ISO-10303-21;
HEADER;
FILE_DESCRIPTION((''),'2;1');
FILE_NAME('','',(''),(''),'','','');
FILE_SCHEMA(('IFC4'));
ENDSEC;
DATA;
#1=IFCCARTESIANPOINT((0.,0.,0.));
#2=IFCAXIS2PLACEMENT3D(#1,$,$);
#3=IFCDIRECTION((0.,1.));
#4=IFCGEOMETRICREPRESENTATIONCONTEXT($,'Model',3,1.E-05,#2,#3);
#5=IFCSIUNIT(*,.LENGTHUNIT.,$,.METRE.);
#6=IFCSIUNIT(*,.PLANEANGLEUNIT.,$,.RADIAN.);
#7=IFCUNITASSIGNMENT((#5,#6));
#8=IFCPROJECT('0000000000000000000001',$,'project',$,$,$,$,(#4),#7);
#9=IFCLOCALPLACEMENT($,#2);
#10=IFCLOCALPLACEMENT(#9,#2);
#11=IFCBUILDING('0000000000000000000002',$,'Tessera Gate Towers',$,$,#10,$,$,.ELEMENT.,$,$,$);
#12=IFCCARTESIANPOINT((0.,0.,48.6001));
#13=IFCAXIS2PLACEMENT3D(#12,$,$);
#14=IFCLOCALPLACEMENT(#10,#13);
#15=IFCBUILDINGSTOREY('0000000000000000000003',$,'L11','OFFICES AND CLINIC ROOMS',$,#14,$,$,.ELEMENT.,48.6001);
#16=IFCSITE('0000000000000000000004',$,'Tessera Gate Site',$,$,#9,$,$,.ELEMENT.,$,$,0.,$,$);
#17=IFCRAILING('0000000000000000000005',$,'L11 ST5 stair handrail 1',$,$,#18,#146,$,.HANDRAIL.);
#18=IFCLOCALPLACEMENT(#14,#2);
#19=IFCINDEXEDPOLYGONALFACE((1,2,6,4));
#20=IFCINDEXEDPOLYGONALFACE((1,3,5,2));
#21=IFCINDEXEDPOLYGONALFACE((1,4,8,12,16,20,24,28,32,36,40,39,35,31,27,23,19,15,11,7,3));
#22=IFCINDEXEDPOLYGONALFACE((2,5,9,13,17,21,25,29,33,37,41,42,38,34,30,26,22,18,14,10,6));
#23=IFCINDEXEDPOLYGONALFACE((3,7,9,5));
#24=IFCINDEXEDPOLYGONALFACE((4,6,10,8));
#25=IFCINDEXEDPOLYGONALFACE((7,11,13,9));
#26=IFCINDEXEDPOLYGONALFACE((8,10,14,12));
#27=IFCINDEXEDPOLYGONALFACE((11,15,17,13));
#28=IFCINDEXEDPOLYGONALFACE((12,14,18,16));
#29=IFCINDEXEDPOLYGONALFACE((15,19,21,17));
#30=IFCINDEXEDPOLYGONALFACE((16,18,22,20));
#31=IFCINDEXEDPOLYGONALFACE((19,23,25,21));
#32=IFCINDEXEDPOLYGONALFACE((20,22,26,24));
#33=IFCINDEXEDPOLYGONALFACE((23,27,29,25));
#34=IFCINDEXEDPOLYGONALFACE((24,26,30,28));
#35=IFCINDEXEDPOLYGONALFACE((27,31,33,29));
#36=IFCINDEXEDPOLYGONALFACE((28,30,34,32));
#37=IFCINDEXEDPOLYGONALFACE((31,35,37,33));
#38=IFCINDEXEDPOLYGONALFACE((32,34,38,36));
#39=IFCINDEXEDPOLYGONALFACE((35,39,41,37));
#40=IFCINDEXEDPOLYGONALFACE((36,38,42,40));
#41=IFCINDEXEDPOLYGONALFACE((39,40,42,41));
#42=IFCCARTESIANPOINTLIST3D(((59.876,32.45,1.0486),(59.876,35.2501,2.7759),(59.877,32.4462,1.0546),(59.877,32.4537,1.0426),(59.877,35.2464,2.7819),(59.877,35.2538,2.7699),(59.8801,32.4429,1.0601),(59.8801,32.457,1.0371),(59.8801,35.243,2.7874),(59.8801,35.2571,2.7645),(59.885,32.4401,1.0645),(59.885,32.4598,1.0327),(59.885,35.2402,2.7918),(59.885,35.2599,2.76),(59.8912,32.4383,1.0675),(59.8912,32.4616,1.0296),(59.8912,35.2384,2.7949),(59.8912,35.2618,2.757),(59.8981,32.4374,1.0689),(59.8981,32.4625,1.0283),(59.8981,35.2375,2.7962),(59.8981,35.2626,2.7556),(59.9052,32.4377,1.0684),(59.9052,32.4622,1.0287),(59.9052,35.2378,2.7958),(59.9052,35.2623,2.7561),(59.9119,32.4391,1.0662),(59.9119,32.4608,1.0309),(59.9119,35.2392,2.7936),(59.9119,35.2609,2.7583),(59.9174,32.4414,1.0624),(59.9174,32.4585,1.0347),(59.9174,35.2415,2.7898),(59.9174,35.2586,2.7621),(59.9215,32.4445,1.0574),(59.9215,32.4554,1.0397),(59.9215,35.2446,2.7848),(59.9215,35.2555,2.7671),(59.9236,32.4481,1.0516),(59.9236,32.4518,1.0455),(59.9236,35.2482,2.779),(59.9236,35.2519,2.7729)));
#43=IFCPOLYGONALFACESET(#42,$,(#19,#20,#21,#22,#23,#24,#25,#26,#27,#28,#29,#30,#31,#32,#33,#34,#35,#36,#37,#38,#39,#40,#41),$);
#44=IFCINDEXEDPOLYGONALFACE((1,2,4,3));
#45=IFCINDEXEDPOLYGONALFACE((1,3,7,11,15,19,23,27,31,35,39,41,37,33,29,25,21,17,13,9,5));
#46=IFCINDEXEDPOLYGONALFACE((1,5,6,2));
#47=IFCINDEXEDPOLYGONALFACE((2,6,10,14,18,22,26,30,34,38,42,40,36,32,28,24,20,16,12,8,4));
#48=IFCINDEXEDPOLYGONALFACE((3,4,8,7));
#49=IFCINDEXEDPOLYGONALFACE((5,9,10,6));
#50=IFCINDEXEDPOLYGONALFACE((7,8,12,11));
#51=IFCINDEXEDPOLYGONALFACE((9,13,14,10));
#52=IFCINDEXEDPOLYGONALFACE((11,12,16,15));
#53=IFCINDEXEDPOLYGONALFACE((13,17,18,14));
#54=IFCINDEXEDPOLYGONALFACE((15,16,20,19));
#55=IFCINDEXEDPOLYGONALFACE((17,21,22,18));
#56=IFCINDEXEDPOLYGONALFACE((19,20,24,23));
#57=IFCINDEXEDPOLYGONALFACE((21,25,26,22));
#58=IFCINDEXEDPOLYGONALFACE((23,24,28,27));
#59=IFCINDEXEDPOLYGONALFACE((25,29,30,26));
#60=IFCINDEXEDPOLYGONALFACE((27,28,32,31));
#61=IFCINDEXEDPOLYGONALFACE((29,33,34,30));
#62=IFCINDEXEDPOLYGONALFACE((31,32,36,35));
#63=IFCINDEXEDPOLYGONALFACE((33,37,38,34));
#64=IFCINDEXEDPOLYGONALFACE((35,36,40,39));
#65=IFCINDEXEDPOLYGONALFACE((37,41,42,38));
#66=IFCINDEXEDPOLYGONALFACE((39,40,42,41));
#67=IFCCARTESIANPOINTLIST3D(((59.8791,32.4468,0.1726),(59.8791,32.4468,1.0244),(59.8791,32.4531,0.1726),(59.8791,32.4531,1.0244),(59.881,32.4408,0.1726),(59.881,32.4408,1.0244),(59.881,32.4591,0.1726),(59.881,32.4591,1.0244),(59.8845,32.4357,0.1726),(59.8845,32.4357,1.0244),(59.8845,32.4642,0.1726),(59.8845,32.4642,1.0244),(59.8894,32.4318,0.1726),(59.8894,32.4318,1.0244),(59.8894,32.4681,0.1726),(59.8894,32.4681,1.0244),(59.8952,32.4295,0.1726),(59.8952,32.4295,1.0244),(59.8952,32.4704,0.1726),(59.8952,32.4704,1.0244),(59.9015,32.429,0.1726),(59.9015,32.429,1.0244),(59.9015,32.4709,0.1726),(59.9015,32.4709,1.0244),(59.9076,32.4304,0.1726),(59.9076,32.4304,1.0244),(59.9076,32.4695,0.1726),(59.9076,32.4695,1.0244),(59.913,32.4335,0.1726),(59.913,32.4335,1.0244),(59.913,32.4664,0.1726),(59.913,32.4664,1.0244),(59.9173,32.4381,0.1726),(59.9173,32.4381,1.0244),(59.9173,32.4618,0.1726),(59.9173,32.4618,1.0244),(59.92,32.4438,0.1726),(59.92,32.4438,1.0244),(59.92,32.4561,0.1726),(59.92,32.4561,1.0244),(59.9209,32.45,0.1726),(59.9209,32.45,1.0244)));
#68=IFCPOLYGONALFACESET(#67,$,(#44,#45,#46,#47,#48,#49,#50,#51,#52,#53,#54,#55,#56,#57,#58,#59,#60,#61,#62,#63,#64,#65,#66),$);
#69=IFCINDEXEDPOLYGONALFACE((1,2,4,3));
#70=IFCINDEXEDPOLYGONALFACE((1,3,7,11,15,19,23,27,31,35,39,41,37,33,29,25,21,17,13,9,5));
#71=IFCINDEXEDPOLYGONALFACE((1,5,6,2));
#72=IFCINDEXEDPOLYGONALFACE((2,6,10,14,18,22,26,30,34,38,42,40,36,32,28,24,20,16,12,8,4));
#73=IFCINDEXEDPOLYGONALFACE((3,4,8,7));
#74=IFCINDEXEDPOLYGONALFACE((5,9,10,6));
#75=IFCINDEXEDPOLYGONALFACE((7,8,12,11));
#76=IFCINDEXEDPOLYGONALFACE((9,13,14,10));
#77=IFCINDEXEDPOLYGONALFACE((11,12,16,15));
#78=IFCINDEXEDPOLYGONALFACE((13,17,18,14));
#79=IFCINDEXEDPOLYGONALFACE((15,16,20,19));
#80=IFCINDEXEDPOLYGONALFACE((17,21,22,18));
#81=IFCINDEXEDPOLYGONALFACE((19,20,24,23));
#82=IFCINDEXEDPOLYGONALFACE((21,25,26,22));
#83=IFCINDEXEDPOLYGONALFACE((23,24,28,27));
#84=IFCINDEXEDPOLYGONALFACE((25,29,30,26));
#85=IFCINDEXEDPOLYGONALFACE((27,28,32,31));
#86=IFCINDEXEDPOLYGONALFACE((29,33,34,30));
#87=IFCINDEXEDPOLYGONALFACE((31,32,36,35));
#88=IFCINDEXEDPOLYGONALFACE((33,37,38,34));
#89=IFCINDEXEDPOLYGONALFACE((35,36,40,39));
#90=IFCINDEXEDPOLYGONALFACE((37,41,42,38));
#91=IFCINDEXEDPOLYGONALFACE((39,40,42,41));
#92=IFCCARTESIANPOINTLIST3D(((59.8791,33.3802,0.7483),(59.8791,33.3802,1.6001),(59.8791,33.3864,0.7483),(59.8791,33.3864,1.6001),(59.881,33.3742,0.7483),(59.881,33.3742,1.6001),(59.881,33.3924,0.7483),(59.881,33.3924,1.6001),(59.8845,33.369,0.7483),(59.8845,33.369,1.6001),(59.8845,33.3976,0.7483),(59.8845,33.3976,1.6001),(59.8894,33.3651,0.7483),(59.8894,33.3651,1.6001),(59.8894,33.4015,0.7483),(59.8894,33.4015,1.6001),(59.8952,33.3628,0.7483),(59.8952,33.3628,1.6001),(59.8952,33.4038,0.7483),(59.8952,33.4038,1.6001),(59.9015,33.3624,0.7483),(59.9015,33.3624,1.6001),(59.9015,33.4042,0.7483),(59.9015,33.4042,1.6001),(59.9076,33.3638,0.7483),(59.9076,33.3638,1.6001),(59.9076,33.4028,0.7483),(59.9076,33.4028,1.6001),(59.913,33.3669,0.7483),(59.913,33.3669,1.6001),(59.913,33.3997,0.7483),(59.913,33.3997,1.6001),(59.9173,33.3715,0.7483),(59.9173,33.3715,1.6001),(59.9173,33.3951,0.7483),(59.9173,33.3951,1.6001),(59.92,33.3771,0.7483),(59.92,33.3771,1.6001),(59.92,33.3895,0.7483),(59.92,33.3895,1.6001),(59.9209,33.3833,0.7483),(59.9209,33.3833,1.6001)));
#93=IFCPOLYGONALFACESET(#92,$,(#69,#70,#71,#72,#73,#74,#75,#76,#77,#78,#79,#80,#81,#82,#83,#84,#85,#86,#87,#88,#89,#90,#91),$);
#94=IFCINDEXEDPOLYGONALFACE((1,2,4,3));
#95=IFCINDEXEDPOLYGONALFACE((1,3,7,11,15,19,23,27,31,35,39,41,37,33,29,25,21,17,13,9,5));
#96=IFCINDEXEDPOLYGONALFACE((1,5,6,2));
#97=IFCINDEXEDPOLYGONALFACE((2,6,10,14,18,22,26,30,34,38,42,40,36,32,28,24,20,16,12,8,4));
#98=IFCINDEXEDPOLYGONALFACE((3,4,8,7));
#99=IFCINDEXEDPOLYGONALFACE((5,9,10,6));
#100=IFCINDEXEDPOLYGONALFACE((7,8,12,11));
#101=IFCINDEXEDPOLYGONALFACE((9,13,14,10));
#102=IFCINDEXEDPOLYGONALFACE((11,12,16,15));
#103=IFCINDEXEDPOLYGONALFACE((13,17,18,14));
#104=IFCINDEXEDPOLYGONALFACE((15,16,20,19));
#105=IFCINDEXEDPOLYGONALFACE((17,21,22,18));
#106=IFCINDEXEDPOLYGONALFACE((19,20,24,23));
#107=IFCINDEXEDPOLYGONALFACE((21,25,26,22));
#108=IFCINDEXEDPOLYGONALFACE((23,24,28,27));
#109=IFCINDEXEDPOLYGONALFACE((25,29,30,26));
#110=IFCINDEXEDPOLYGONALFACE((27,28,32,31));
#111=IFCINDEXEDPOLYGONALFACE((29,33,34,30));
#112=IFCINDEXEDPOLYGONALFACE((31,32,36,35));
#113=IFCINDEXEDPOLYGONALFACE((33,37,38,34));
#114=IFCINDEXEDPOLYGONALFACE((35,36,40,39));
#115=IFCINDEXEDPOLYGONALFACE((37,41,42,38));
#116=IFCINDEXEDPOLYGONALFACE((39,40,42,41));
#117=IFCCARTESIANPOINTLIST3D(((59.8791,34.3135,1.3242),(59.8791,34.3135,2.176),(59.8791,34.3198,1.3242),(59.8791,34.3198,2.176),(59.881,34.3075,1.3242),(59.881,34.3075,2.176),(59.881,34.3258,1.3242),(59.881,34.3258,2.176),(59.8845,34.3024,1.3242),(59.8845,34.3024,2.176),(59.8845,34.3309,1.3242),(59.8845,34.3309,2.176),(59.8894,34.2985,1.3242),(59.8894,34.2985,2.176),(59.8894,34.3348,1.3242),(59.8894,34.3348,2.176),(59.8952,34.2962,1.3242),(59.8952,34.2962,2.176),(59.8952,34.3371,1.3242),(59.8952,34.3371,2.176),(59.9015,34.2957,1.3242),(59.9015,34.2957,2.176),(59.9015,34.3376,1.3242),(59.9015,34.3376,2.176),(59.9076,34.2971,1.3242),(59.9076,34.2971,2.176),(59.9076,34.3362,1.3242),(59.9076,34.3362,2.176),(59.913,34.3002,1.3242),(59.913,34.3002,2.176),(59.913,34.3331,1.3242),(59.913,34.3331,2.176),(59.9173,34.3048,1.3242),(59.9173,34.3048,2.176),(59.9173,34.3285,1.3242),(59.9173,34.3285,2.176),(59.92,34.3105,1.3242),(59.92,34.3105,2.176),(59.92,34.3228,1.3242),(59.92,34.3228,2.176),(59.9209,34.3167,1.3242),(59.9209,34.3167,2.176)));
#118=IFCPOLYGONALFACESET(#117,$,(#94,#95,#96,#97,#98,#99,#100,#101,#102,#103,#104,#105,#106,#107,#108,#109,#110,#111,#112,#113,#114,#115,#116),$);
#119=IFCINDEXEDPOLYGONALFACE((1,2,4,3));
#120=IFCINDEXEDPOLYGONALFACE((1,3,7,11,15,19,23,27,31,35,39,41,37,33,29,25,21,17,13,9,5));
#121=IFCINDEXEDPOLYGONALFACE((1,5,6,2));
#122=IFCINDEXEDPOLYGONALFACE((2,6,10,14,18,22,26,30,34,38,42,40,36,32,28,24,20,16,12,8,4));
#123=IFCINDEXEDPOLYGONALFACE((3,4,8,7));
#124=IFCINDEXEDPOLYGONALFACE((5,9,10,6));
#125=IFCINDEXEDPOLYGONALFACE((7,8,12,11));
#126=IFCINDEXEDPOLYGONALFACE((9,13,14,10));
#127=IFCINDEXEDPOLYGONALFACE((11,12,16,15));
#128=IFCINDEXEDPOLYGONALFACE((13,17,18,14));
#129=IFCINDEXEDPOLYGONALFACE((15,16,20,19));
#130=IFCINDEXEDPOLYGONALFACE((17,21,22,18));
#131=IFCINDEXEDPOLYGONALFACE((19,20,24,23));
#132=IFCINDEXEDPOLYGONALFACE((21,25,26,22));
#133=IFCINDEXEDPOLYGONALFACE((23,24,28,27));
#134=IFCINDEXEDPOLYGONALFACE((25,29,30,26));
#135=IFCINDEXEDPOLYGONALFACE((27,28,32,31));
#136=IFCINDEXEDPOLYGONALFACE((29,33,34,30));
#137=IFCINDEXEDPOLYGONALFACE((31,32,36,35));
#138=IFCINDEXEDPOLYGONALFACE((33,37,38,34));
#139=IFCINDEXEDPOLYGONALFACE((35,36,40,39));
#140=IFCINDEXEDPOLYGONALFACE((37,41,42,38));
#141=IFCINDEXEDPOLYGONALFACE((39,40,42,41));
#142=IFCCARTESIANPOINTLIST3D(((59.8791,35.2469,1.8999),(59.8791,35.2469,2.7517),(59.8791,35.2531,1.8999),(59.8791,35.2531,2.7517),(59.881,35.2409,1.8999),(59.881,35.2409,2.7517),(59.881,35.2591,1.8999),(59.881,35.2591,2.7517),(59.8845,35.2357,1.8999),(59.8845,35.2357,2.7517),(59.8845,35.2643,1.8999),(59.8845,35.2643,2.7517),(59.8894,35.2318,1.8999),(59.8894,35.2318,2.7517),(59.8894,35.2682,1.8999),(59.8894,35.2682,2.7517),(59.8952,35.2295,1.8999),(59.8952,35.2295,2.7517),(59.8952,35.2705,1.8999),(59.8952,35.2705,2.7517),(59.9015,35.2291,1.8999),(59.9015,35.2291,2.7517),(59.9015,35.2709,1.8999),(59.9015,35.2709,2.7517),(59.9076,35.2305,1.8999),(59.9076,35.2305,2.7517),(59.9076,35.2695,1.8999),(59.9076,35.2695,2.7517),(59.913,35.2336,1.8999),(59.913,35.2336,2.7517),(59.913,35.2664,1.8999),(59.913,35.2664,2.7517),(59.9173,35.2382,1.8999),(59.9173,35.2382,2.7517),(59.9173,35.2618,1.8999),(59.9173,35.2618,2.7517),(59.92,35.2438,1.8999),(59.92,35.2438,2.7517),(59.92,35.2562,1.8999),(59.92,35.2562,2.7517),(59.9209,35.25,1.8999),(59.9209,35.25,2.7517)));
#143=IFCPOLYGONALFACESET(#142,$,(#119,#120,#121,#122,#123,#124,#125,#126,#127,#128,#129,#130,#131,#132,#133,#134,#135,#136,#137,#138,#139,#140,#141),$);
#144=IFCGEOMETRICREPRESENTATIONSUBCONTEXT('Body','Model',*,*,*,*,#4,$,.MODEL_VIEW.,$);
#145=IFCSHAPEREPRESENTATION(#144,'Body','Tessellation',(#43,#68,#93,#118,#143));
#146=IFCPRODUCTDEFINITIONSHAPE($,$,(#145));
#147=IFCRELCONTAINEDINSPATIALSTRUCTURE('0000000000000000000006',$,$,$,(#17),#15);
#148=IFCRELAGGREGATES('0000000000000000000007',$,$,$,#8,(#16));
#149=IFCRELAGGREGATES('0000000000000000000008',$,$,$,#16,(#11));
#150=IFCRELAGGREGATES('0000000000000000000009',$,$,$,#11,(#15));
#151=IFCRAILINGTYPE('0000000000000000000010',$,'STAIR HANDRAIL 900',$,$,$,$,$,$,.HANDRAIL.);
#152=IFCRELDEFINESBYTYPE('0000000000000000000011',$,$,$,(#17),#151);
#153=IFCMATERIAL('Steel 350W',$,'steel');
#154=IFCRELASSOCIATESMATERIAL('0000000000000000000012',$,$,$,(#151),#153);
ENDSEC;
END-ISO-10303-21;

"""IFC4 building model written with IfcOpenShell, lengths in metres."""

from ifc_helpers import new_model, si_unit, direction, frame, origin, origin_2d, place, context, subcontext, project, spatial, circle, extrude, material, type_object, element, save


model = new_model("IFC4")

# Units and contexts
model_context = context("Model", 3, precision=1e-05, world=origin(), true_north=direction((0.0, 1.0)))
body_context = subcontext(model_context, "Body", "Model", "MODEL_VIEW")
ifc_project = project(units=[si_unit("LENGTHUNIT", "METRE"), si_unit("PLANEANGLEUNIT", "RADIAN")], contexts=[model_context])

# Site, building, storey
site_placement = place(None, origin())
site = spatial("IfcSite", under=ifc_project, at=site_placement, Name="Tessera Gate Site", CompositionType="ELEMENT", RefElevation=0.0)
building_placement = place(site_placement, origin())
building = spatial("IfcBuilding", under=site, at=building_placement, Name="Tessera Gate Towers", CompositionType="ELEMENT")
storey_placement = place(building_placement, frame((0.0, 0.0, 48.6001)))
storey = spatial("IfcBuildingStorey", under=building, at=storey_placement, Name="L11", Description="OFFICES AND CLINIC ROOMS", CompositionType="ELEMENT", Elevation=48.6001)

# Railing
ifc_material_1 = material(Name="Steel 350W", Category="steel")
railing_type_1 = type_object("IfcRailingType", Name="STAIR HANDRAIL 900", PredefinedType="HANDRAIL", material=ifc_material_1)
railing_1_placement = place(storey_placement, frame((59.8999, 32.45, 0.1726)))
element("IfcRailing", 1, at=railing_1_placement, inside=storey, type_object=railing_type_1, Name="L11 ST5 stair handrail 1", PredefinedType="HANDRAIL", context=body_context, shape_type="SweptSolid", body=[
    extrude(circle(Radius=0.0239, at=origin_2d()), frame((0.0, 0.0, 0.876), z_axis=(0.0, 0.85109, 0.52502), x_axis=(-1.0, 0.0, 0.0)), (0.0, 0.0, 1.0), 3.29),
    extrude(circle(Radius=0.021, at=origin_2d()), origin(), (0.0, 0.0, 1.0), 0.8518),
    extrude(circle(Radius=0.021, at=origin_2d()), frame((0.0, 0.9333, 0.5757)), (0.0, 0.0, 1.0), 0.8518),
    extrude(circle(Radius=0.021, at=origin_2d()), frame((0.0, 1.8667, 1.1516)), (0.0, 0.0, 1.0), 0.8518),
    extrude(circle(Radius=0.021, at=origin_2d()), frame((0.0, 2.8, 1.7273)), (0.0, 0.0, 1.0), 0.8518),
])

save(model, "model.ifc")
